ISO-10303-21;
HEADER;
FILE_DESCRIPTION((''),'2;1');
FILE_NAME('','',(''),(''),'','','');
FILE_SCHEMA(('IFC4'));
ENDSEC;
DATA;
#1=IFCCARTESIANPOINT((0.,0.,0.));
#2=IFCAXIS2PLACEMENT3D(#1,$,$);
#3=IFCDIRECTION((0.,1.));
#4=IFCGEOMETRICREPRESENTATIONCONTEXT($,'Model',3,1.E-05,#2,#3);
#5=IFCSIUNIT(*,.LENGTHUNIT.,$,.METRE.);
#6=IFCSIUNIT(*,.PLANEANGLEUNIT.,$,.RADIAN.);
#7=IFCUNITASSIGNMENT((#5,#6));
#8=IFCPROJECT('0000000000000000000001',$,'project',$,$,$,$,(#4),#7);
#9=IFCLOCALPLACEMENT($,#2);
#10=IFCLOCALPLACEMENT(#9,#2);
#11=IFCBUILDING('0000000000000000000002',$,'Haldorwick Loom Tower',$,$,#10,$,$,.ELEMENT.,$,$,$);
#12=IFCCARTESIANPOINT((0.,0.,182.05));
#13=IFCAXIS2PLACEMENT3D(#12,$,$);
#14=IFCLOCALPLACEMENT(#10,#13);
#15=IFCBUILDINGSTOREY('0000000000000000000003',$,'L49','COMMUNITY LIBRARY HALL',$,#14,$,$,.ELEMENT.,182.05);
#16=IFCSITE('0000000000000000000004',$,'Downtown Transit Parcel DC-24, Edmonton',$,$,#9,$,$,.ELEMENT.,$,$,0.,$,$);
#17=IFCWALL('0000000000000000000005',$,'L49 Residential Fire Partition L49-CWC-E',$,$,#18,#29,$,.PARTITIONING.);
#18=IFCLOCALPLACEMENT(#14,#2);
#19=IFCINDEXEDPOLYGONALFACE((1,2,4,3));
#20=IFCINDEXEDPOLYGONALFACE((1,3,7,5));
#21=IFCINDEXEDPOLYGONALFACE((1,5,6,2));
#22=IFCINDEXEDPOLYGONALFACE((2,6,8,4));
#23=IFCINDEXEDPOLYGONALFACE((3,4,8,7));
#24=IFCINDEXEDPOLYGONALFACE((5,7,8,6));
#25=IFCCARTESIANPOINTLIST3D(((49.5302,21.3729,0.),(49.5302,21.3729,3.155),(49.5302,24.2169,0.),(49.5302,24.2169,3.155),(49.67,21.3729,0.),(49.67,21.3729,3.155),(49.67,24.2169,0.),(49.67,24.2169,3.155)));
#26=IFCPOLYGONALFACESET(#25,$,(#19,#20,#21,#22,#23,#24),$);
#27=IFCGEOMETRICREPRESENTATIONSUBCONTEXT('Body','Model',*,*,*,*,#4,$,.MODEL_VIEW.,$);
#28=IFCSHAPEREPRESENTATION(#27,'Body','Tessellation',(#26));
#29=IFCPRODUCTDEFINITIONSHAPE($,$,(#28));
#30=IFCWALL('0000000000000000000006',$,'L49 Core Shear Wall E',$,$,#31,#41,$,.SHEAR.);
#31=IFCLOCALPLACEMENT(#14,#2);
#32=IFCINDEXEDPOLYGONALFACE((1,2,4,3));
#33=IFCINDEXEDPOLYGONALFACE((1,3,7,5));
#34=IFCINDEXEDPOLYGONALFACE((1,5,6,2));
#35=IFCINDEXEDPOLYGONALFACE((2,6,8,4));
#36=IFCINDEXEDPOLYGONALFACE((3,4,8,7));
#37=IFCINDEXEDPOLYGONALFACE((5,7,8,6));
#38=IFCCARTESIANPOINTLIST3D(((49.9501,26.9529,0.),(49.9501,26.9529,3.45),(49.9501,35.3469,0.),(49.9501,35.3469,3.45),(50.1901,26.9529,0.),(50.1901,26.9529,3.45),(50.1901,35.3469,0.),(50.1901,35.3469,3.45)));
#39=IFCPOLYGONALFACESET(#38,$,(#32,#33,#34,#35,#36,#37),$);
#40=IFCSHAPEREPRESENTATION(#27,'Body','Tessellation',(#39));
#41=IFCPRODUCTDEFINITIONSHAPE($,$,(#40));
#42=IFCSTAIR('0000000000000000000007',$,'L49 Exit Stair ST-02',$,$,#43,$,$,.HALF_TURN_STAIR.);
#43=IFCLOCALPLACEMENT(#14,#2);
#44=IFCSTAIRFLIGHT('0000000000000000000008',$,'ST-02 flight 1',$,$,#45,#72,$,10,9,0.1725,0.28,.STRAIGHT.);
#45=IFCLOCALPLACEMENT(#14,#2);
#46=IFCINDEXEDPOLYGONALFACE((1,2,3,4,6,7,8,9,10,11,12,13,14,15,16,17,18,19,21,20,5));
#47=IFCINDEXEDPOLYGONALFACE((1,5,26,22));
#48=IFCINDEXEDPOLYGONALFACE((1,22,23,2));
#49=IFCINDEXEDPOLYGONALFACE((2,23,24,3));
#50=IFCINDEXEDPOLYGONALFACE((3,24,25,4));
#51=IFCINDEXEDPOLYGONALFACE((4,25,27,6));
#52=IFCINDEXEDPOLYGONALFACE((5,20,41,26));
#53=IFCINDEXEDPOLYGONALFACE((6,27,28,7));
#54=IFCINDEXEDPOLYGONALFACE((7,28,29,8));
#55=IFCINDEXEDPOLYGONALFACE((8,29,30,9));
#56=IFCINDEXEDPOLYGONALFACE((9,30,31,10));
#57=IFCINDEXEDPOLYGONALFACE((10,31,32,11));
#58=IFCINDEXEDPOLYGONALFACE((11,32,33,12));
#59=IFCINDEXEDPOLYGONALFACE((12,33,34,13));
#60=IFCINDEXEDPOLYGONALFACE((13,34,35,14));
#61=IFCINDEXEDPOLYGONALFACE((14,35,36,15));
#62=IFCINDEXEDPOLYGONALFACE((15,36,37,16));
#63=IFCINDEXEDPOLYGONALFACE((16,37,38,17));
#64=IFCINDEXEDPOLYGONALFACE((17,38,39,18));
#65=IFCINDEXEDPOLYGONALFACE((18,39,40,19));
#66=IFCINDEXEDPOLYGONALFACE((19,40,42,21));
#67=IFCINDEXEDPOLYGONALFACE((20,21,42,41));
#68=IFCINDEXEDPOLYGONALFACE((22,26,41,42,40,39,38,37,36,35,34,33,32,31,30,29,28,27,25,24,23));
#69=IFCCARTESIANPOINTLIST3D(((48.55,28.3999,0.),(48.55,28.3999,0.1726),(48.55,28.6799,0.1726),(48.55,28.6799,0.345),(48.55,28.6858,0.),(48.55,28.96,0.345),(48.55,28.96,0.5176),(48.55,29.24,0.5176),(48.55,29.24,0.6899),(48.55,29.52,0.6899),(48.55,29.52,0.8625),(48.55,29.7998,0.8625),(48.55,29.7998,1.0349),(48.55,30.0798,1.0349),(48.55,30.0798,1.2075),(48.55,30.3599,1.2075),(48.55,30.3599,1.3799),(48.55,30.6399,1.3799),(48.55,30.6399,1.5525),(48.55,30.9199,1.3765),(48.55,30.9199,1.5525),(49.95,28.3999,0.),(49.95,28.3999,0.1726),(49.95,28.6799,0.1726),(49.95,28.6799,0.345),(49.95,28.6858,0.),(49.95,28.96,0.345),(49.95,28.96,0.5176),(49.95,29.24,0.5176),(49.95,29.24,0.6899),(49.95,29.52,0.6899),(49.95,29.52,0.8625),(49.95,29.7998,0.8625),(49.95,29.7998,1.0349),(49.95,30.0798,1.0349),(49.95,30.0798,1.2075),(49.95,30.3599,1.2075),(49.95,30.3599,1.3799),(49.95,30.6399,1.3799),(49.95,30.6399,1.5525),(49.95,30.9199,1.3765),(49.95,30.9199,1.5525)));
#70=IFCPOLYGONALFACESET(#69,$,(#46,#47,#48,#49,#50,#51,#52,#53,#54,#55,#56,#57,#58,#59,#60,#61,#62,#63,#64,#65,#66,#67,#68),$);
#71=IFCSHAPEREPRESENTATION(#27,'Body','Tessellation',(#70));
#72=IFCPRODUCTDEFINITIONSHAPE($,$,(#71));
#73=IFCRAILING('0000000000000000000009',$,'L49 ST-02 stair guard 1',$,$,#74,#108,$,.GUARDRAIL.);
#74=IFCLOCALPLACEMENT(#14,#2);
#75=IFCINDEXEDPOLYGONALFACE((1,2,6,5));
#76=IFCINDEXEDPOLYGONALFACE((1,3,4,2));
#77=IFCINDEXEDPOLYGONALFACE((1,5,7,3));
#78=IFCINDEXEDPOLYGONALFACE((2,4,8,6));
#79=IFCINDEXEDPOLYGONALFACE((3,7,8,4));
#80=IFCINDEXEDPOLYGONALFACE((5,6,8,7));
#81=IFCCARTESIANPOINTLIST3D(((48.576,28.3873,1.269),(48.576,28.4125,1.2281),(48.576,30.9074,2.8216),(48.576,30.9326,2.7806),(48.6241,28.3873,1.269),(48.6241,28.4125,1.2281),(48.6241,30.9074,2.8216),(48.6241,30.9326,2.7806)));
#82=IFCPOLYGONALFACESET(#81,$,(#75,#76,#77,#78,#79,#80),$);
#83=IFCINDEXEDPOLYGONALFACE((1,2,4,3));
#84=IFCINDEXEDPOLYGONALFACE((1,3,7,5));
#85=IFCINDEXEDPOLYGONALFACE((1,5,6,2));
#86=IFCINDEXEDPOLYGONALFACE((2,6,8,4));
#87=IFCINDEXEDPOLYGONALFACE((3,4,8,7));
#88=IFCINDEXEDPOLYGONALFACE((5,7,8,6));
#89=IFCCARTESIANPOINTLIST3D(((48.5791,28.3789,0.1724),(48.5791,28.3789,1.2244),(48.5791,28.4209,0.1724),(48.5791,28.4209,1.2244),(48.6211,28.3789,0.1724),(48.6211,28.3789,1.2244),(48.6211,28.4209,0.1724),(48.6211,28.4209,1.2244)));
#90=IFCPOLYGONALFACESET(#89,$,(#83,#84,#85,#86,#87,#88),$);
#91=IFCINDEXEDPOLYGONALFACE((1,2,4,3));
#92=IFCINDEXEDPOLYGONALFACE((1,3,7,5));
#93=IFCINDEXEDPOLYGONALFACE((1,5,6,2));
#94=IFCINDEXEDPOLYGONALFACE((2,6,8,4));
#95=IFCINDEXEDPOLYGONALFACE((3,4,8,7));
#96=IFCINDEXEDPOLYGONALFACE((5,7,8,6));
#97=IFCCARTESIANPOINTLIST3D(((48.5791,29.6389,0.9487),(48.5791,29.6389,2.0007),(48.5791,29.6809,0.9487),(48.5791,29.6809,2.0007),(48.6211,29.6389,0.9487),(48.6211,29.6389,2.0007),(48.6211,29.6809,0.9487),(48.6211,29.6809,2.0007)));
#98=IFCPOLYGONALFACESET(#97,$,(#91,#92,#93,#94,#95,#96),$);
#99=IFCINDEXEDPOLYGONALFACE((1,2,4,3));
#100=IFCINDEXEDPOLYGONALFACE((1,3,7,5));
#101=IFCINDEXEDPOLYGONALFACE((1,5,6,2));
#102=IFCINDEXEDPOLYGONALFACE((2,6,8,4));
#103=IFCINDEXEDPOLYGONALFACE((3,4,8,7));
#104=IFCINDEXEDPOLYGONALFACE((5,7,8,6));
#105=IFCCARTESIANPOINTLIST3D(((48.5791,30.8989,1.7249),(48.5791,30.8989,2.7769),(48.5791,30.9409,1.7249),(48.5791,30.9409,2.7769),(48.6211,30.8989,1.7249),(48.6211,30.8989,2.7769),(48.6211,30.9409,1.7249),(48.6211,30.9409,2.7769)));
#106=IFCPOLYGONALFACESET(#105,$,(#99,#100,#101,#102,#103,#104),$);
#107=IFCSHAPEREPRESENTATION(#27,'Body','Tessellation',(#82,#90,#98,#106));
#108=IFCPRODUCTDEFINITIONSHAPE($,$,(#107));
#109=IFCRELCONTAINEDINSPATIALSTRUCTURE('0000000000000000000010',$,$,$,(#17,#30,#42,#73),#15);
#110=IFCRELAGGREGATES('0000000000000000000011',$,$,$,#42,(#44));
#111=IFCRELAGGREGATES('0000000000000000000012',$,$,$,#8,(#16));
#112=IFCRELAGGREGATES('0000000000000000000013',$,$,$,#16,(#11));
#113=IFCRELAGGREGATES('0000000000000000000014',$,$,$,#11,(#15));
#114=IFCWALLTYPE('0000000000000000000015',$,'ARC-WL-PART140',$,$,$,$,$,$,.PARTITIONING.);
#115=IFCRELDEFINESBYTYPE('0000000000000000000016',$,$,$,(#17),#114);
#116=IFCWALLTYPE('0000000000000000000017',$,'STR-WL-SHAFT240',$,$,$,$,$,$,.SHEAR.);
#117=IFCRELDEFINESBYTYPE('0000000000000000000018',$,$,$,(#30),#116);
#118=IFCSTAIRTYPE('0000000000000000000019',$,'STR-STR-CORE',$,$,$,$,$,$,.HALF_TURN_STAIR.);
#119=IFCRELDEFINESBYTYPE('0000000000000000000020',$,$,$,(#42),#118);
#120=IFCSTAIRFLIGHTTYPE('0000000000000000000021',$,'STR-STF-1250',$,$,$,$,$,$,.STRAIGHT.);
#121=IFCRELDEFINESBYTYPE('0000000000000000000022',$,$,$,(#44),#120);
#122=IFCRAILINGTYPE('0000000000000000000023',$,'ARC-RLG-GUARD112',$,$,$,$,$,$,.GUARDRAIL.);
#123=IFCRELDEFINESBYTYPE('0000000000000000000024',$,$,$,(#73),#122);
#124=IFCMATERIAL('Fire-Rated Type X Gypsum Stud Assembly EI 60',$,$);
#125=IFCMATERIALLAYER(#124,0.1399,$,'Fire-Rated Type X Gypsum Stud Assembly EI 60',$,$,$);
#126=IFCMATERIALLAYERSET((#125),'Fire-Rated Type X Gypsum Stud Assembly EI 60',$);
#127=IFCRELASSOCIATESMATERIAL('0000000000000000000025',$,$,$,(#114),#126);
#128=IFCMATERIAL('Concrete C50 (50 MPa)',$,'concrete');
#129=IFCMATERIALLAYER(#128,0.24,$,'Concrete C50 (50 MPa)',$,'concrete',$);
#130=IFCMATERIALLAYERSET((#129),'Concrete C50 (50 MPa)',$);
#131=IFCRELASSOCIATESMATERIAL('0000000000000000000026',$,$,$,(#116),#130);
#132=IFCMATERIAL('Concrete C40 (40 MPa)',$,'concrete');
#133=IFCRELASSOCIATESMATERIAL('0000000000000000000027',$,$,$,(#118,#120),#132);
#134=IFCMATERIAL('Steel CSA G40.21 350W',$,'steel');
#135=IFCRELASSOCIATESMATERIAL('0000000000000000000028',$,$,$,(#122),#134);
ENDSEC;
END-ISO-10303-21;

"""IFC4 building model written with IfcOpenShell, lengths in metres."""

from ifc_helpers import new_model, si_unit, direction, frame, frame_2d, origin, origin_2d, place, context, subcontext, project, spatial, polyline, rectangle, outline, extrude, material, layer, layer_set, type_object, element, aggregate, save


model = new_model("IFC4")

# Units and contexts
model_context = context("Model", 3, precision=1e-05, world=origin(), true_north=direction((0.0, 1.0)))
body_context = subcontext(model_context, "Body", "Model", "MODEL_VIEW")
ifc_project = project(units=[si_unit("LENGTHUNIT", "METRE"), si_unit("PLANEANGLEUNIT", "RADIAN")], contexts=[model_context])

# Site, building, storey
site_placement = place(None, origin())
site = spatial("IfcSite", under=ifc_project, at=site_placement, Name="Downtown Transit Parcel DC-24, Edmonton", CompositionType="ELEMENT", RefElevation=0.0)
building_placement = place(site_placement, origin())
building = spatial("IfcBuilding", under=site, at=building_placement, Name="Haldorwick Loom Tower", CompositionType="ELEMENT")
storey_placement = place(building_placement, frame((0.0, 0.0, 182.05)))
storey = spatial("IfcBuildingStorey", under=building, at=storey_placement, Name="L49", Description="COMMUNITY LIBRARY HALL", CompositionType="ELEMENT", Elevation=182.05)

# Shared definitions
ifc_material_1 = material(Name="Steel CSA G40.21 350W", Category="steel")

# Walls
ifc_material_2 = material(Name="Fire-Rated Type X Gypsum Stud Assembly EI 60")
ifc_layer_1 = layer(ifc_material_2, 0.1399, Name="Fire-Rated Type X Gypsum Stud Assembly EI 60")
ifc_layer_set_1 = layer_set([ifc_layer_1], Name="Fire-Rated Type X Gypsum Stud Assembly EI 60")
wall_type_1 = type_object("IfcWallType", Name="ARC-WL-PART140", PredefinedType="PARTITIONING", material=ifc_layer_set_1)
wall_1_placement = place(storey_placement, frame((49.6001, 21.373, 0.0), z_axis=(0.0, 0.0, 1.0), x_axis=(0.0, 1.0, 0.0)))
element("IfcWall", 1, at=wall_1_placement, inside=storey, type_object=wall_type_1, Name="L49 Residential Fire Partition L49-CWC-E", PredefinedType="PARTITIONING", context=body_context, shape_type="SweptSolid", body=[
    extrude(rectangle(XDim=2.844, YDim=0.1399, at=frame_2d((1.4219, 0.0))), origin(), (0.0, 0.0, 1.0), 3.155),
])
ifc_material_3 = material(Name="Concrete C50 (50 MPa)", Category="concrete")
ifc_layer_2 = layer(ifc_material_3, 0.24, Name="Concrete C50 (50 MPa)", Category="concrete")
ifc_layer_set_2 = layer_set([ifc_layer_2], Name="Concrete C50 (50 MPa)")
wall_type_2 = type_object("IfcWallType", Name="STR-WL-SHAFT240", PredefinedType="SHEAR", material=ifc_layer_set_2)
wall_2_placement = place(storey_placement, frame((50.0701, 26.9529, 0.0), z_axis=(0.0, 0.0, 1.0), x_axis=(0.0, 1.0, 0.0)))
element("IfcWall", 2, at=wall_2_placement, inside=storey, type_object=wall_type_2, Name="L49 Core Shear Wall E", PredefinedType="SHEAR", context=body_context, shape_type="SweptSolid", body=[
    extrude(rectangle(XDim=8.394, YDim=0.24, at=frame_2d((4.197, 0.0))), origin(), (0.0, 0.0, 1.0), 3.45),
])

# Stair, stair flight
ifc_material_4 = material(Name="Concrete C40 (40 MPa)", Category="concrete")
stair_type = type_object("IfcStairType", Name="STR-STR-CORE", PredefinedType="HALF_TURN_STAIR", material=ifc_material_4)
stair_placement = place(storey_placement, origin())
stair = element("IfcStair", 3, at=stair_placement, inside=storey, type_object=stair_type, Name="L49 Exit Stair ST-02", PredefinedType="HALF_TURN_STAIR")
stair_flight_type = type_object("IfcStairFlightType", Name="STR-STF-1250", PredefinedType="STRAIGHT", material=ifc_material_4)
stair_flight_placement = place(storey_placement, frame((49.25, 28.3999, 0.0), z_axis=(0.0, 0.0, 1.0), x_axis=(0.0, 1.0, 0.0)))
stair_flight = element("IfcStairFlight", 4, at=stair_flight_placement, type_object=stair_flight_type, Name="ST-02 flight 1", NumberOfRisers=10, NumberOfTreads=9, PredefinedType="STRAIGHT", RiserHeight=0.1725, TreadLength=0.28, context=body_context, shape_type="SweptSolid", body=[
    extrude(outline(polyline([(0.0, 0.0), (0.0, 0.1726), (0.28, 0.1726), (0.28, 0.345), (0.5601, 0.345), (0.5601, 0.5176), (0.8401, 0.5176), (0.8401, 0.6899), (1.1201, 0.6899), (1.1201, 0.8625), (1.3999, 0.8625), (1.3999, 1.0349), (1.6799, 1.0349), (1.6799, 1.2075), (1.96, 1.2075), (1.96, 1.3799), (2.24, 1.3799), (2.24, 1.5525), (2.52, 1.5525), (2.52, 1.7251), (2.52, 1.3765), (0.2859, 0.0), (0.0, 0.0)])), frame((0.0, 0.7, 0.0), z_axis=(0.0, -1.0, 0.0), x_axis=(1.0, 0.0, 0.0)), (0.0, 0.0, 1.0), 1.3999),
])
aggregate(stair, [stair_flight])

# Railing
railing_type = type_object("IfcRailingType", Name="ARC-RLG-GUARD112", PredefinedType="GUARDRAIL", material=ifc_material_1)
railing_placement = place(storey_placement, frame((48.6001, 28.3999, 0.1724)))
element("IfcRailing", 5, at=railing_placement, inside=storey, type_object=railing_type, Name="L49 ST-02 stair guard 1", PredefinedType="GUARDRAIL", context=body_context, shape_type="SweptSolid", body=[
    extrude(rectangle(XDim=0.0481, YDim=0.0481, at=origin_2d()), frame((0.0, 0.0, 1.0762), z_axis=(0.0, 0.8514, 0.524516), x_axis=(-1.0, 0.0, 0.0)), (0.0, 0.0, 1.0), 2.96),
    extrude(rectangle(XDim=0.042, YDim=0.042, at=origin_2d()), origin(), (0.0, 0.0, 1.0), 1.052),
    extrude(rectangle(XDim=0.042, YDim=0.042, at=origin_2d()), frame((0.0, 1.26, 0.7764)), (0.0, 0.0, 1.0), 1.052),
    extrude(rectangle(XDim=0.042, YDim=0.042, at=origin_2d()), frame((0.0, 2.52, 1.5525)), (0.0, 0.0, 1.0), 1.052),
])

save(model, "model.ifc")
